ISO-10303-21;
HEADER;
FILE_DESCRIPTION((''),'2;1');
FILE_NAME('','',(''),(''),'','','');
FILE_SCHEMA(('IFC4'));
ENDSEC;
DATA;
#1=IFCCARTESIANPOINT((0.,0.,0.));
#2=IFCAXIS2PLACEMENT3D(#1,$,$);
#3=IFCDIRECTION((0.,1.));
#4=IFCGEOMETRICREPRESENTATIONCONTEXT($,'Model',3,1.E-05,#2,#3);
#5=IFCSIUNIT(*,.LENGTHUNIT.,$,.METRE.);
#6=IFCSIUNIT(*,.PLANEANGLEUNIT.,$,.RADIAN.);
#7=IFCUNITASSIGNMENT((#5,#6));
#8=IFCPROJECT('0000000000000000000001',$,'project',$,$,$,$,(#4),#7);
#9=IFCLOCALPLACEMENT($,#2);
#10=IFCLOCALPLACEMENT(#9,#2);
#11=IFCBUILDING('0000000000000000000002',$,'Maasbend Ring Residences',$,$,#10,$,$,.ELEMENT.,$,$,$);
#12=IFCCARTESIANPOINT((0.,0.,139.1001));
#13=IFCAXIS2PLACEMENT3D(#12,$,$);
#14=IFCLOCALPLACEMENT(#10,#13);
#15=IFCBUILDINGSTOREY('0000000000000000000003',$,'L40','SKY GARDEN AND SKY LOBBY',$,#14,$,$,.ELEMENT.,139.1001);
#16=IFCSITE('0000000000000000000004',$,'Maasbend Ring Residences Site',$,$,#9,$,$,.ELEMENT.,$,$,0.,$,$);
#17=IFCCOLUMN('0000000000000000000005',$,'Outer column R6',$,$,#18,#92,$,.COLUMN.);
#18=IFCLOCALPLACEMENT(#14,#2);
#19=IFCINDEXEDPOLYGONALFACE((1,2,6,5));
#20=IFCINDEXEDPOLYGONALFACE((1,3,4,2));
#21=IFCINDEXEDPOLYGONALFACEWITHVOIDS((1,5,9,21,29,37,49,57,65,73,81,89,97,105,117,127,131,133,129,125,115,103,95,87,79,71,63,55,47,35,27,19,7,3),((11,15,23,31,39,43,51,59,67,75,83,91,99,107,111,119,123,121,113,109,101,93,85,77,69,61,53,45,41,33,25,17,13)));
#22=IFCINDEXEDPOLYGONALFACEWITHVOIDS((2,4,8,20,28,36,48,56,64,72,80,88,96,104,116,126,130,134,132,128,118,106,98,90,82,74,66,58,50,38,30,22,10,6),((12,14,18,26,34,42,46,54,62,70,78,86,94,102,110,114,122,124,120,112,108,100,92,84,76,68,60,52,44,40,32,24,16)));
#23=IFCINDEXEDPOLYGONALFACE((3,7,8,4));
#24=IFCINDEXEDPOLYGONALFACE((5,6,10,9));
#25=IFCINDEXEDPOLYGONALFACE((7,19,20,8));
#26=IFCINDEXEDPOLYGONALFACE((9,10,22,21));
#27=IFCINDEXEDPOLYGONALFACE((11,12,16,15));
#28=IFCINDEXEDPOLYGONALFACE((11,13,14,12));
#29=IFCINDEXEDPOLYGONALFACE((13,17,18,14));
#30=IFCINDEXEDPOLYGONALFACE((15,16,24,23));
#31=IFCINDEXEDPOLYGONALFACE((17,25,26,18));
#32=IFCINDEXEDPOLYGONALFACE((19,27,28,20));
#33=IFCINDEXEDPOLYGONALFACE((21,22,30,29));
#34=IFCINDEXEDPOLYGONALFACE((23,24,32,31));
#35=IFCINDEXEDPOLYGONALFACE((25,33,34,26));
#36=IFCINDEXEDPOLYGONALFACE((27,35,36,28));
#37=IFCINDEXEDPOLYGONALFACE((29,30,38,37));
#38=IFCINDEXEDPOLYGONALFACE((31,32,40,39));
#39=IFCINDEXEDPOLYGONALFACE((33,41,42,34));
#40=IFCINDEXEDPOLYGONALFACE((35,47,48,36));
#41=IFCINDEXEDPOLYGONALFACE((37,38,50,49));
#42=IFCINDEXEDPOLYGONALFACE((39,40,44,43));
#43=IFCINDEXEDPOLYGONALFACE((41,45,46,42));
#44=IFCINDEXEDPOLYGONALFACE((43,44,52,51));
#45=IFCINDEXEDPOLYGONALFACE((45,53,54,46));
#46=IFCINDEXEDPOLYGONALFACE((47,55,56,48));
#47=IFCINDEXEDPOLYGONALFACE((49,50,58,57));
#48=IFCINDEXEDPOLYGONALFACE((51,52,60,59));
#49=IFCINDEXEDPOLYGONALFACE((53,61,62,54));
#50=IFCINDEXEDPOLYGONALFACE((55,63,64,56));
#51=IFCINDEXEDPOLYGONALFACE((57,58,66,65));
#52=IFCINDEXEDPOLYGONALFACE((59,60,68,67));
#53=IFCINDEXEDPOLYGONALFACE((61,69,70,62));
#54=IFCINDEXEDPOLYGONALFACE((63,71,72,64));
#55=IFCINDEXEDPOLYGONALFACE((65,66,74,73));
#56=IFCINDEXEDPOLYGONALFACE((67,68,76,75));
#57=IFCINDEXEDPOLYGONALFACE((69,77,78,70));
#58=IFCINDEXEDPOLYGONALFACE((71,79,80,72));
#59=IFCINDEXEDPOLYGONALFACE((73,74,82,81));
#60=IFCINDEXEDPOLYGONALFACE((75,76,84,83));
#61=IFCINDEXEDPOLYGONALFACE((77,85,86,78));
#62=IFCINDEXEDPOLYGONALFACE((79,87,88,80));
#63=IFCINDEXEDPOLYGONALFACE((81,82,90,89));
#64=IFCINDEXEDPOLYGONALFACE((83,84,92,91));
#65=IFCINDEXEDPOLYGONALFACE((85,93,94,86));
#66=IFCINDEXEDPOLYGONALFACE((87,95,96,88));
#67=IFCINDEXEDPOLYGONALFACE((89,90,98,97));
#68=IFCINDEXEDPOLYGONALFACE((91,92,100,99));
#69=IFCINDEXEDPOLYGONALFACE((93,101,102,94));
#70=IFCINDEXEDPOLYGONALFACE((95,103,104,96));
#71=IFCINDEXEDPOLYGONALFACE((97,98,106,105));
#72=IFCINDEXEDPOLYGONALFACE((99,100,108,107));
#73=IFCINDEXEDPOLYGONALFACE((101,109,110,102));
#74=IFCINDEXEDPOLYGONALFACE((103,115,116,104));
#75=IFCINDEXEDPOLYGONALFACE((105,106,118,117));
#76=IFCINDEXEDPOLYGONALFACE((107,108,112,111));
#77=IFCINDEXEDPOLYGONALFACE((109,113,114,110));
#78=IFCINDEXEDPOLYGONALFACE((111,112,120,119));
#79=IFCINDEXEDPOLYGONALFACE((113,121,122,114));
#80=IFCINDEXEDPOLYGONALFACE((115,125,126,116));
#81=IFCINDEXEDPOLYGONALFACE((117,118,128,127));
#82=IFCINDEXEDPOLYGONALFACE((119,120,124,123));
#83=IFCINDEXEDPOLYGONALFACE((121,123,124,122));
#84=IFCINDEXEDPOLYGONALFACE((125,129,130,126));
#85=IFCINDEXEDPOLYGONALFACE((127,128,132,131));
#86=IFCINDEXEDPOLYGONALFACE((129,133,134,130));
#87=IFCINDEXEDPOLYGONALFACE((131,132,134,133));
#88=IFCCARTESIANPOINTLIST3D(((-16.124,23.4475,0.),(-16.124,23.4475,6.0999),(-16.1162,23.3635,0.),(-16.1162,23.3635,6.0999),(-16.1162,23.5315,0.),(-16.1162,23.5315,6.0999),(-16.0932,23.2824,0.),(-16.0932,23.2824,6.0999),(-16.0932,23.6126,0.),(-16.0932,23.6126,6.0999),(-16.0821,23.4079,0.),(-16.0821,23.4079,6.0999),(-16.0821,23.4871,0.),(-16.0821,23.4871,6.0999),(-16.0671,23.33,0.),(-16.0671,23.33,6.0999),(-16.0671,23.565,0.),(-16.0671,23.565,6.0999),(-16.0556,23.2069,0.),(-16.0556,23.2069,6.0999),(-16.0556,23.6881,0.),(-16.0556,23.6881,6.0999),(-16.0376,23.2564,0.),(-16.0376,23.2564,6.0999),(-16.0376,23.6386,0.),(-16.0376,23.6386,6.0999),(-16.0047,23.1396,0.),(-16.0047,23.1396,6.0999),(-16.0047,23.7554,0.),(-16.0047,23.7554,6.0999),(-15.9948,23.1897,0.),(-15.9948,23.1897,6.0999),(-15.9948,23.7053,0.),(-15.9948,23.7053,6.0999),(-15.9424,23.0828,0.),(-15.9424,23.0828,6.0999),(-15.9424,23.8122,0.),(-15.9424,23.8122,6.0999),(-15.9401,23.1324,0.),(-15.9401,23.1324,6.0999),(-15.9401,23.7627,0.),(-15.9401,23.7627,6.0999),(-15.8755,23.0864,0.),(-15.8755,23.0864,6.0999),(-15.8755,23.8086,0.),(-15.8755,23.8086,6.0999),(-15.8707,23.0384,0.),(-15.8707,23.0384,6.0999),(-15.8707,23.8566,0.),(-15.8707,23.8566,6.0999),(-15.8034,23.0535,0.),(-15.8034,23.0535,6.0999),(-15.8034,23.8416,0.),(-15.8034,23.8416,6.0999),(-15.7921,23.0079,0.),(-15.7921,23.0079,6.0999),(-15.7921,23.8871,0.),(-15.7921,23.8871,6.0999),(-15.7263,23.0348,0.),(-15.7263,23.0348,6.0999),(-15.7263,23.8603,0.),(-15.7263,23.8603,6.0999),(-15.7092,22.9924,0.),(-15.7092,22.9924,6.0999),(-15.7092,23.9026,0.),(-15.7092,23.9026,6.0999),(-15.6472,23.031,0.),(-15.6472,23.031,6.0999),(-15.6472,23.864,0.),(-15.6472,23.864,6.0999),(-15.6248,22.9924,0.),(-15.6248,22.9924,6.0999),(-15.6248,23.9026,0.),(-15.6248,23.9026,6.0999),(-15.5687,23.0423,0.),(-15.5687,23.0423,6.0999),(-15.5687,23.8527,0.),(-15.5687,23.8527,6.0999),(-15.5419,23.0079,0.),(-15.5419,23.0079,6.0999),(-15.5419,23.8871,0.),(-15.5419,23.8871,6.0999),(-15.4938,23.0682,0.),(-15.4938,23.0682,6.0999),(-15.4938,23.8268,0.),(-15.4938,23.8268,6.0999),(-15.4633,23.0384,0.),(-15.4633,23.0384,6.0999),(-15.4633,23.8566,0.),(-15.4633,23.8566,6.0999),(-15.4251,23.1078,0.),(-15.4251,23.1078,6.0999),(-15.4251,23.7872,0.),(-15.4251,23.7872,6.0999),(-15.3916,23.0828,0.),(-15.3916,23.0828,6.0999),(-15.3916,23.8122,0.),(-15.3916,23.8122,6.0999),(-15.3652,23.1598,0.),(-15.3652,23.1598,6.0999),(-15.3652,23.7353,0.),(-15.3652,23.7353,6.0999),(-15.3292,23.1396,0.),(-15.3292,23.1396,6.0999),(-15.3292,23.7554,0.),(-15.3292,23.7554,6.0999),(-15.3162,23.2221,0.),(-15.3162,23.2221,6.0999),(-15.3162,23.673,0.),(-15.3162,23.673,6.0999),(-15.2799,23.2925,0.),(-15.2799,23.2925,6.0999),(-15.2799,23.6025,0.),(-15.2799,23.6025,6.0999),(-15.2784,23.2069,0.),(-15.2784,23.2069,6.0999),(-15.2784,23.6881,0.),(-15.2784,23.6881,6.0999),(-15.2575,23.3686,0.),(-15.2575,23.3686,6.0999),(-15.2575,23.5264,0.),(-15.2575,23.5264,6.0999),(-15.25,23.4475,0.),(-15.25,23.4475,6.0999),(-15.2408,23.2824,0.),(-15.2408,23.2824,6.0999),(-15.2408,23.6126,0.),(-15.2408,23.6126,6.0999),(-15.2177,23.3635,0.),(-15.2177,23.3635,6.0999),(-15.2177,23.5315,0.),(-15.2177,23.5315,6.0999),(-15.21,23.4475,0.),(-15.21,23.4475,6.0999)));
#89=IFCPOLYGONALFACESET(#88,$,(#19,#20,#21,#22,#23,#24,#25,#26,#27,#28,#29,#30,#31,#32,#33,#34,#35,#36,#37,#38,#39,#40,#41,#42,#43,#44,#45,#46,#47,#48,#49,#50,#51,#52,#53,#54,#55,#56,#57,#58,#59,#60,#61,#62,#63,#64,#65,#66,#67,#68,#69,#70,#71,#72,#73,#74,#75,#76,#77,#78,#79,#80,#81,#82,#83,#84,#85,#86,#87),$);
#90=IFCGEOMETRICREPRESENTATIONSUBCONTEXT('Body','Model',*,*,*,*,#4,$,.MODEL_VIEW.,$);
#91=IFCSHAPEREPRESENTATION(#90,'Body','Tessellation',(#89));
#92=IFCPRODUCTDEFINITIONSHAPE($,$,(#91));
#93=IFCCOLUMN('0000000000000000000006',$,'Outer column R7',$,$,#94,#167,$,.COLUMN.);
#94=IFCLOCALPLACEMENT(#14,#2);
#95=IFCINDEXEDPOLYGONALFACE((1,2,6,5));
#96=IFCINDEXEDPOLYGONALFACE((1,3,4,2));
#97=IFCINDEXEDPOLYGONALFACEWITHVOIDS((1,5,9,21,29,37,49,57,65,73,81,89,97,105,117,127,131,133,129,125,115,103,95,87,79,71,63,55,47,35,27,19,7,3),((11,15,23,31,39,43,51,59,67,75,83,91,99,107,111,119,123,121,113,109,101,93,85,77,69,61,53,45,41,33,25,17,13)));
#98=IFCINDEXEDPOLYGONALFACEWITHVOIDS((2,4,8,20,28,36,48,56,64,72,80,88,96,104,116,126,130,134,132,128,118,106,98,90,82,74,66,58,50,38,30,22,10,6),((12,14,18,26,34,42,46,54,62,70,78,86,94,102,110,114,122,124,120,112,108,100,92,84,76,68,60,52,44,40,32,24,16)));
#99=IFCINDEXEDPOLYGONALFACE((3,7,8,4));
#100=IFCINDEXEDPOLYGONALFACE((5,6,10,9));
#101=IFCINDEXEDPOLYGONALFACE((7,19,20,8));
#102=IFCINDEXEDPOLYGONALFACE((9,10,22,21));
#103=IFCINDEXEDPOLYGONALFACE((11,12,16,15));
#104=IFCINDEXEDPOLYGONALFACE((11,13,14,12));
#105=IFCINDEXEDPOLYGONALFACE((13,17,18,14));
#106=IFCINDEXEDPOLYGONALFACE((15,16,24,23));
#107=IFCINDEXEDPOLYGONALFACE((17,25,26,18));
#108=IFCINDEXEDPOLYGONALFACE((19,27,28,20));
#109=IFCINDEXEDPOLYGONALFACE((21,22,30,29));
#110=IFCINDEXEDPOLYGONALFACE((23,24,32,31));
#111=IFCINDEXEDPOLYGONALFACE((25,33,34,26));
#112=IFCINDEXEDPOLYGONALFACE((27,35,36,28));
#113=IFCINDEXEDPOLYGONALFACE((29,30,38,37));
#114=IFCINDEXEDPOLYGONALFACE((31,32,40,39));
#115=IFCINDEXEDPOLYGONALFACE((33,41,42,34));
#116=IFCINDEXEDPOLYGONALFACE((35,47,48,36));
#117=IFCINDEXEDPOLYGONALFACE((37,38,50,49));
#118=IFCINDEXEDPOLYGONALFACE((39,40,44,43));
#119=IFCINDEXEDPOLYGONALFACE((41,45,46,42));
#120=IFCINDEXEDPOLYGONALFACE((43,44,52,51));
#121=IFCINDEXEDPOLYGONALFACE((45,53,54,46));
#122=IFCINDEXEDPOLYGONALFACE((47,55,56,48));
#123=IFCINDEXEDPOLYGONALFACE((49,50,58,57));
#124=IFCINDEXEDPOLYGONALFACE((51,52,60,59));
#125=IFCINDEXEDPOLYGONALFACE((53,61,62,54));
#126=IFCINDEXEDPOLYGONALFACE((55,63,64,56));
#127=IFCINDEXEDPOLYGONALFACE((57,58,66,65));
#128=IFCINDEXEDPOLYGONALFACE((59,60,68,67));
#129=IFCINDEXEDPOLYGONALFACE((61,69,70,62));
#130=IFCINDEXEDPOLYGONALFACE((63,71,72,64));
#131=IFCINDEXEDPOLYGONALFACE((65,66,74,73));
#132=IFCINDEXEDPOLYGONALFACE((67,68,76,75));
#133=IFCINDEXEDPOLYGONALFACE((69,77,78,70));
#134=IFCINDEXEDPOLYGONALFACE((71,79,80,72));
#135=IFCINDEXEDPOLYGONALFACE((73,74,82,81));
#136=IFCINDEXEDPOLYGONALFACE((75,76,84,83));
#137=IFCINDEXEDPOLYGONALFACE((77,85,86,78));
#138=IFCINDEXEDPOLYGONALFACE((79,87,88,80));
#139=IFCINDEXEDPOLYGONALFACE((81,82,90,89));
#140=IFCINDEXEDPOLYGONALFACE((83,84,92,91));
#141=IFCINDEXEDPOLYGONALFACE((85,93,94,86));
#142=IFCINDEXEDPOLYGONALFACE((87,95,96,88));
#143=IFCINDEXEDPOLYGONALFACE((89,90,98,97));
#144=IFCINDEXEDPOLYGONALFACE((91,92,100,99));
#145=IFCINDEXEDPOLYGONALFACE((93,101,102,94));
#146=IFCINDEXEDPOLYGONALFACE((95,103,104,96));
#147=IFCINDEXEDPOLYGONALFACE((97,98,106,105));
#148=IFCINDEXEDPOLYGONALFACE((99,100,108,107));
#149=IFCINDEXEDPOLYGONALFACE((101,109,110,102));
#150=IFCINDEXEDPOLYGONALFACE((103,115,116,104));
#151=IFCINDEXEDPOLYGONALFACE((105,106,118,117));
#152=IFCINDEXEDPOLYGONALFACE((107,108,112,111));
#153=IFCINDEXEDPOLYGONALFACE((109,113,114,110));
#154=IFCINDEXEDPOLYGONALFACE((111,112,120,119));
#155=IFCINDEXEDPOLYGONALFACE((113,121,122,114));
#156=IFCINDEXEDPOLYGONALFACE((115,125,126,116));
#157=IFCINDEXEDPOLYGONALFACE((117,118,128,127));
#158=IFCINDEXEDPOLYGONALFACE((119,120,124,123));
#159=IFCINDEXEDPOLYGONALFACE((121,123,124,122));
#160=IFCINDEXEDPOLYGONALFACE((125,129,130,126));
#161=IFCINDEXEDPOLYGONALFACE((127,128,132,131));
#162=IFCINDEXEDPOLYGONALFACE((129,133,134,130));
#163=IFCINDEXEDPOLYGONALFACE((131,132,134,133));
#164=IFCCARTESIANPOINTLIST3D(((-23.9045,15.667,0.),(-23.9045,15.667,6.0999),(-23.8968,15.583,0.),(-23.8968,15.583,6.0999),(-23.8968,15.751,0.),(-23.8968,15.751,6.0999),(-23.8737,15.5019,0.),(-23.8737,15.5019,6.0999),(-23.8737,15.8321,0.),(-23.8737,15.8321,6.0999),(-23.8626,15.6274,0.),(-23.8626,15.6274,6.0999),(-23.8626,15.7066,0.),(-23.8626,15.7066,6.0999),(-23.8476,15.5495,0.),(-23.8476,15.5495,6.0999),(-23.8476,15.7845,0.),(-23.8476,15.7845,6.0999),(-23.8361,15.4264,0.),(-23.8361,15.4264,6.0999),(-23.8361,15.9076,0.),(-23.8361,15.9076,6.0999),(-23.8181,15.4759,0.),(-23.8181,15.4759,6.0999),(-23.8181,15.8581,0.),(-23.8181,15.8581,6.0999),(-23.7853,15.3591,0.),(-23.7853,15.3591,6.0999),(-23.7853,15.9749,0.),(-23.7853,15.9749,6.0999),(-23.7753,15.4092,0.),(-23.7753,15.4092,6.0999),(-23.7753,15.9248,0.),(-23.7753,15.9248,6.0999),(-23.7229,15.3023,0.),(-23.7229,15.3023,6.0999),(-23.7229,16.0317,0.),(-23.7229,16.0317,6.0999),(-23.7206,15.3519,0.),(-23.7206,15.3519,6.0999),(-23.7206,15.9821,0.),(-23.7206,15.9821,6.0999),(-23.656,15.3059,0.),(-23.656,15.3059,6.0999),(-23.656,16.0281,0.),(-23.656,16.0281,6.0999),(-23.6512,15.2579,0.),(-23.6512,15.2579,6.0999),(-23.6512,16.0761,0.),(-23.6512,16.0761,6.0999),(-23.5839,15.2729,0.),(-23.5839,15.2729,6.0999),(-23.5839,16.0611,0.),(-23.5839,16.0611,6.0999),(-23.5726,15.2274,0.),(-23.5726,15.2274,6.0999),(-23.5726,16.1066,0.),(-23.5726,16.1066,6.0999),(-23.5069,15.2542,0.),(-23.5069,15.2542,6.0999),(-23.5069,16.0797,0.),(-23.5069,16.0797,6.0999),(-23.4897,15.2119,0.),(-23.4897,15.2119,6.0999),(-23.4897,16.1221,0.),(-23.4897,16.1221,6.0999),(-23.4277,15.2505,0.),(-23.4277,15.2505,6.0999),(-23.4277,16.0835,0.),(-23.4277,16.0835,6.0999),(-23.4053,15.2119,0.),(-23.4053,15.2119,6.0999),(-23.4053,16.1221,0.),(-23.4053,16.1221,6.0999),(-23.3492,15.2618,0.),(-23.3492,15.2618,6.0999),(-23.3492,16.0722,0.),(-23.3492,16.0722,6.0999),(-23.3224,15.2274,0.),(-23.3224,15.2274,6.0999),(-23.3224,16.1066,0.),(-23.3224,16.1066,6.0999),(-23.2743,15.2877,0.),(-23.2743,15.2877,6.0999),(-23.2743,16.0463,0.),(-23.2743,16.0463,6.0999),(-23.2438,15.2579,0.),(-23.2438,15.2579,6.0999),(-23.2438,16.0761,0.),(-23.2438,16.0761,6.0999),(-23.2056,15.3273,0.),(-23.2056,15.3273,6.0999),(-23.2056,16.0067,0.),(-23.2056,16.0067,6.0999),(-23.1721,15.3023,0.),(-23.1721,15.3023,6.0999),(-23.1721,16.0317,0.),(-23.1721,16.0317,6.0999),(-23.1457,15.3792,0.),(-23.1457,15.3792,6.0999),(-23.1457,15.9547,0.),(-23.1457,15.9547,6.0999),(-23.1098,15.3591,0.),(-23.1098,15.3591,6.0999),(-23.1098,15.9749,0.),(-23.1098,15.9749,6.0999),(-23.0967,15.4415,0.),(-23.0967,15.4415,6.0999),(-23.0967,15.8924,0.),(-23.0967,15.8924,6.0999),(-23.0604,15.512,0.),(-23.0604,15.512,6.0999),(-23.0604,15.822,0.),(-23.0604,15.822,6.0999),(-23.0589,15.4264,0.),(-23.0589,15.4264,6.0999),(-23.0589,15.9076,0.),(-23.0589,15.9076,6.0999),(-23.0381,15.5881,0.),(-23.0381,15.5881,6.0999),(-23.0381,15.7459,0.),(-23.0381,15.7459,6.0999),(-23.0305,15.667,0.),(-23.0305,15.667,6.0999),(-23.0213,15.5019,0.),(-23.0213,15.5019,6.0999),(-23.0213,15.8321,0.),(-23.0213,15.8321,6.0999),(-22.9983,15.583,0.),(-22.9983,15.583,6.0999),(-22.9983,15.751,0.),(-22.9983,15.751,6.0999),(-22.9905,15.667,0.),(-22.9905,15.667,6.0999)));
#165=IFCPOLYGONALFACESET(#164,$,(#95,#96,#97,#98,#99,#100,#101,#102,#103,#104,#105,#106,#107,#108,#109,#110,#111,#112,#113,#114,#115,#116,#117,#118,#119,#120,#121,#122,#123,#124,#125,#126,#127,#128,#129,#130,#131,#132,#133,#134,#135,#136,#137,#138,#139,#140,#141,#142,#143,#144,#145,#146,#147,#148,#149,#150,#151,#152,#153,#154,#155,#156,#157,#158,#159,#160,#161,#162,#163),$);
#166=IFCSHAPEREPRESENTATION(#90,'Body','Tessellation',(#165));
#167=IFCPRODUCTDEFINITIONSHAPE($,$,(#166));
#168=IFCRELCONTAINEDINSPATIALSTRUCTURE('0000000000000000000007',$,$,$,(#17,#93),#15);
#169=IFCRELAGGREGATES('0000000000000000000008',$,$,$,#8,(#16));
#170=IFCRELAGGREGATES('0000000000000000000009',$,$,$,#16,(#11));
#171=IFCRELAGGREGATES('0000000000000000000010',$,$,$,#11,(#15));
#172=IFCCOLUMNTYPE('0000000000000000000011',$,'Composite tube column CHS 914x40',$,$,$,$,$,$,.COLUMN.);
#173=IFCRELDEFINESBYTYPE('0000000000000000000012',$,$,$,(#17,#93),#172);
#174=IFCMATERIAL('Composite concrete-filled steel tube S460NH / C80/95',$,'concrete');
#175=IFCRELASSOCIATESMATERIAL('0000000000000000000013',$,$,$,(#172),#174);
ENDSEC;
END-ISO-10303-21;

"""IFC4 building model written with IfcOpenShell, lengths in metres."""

from ifc_helpers import new_model, si_unit, direction, frame, origin, origin_2d, place, context, subcontext, project, spatial, hollow_circle, extrude, material, material_profile, profile_set, type_object, element, save


model = new_model("IFC4")

# Units and contexts
model_context = context("Model", 3, precision=1e-05, world=origin(), true_north=direction((0.0, 1.0)))
body_context = subcontext(model_context, "Body", "Model", "MODEL_VIEW")
ifc_project = project(units=[si_unit("LENGTHUNIT", "METRE"), si_unit("PLANEANGLEUNIT", "RADIAN")], contexts=[model_context])

# Site, building, storey
site_placement = place(None, origin())
site = spatial("IfcSite", under=ifc_project, at=site_placement, Name="Maasbend Ring Residences Site", CompositionType="ELEMENT", RefElevation=0.0)
building_placement = place(site_placement, origin())
building = spatial("IfcBuilding", under=site, at=building_placement, Name="Maasbend Ring Residences", CompositionType="ELEMENT")
storey_placement = place(building_placement, frame((0.0, 0.0, 139.1001)))
storey = spatial("IfcBuildingStorey", under=building, at=storey_placement, Name="L40", Description="SKY GARDEN AND SKY LOBBY", CompositionType="ELEMENT", Elevation=139.1001)

# Columns
ifc_material_1 = material(Name="Composite concrete-filled steel tube S460NH / C80/95", Category="concrete")
ifc_material_profile_1 = material_profile(ifc_material_1, hollow_circle(Radius=0.457, WallThickness=0.04, at=origin_2d()), Name="Composite tube column CHS 914x40")
ifc_profile_set_1 = profile_set([ifc_material_profile_1], Name="Composite concrete-filled steel tube S460NH / C80/95")
column_type_1 = type_object("IfcColumnType", Name="Composite tube column CHS 914x40", PredefinedType="COLUMN", material=ifc_profile_set_1)
for number, where, z_axis, x_axis, name in (
    (1, (-15.667, 23.4475, 0.0), (0.0, 0.0, 1.0), (1.0, 0.0, 0.0), "Outer column R6"),
    (2, (-23.4475, 15.667, 0.0), (0.0, 0.0, 1.0), (1.0, 0.0, 0.0), "Outer column R7"),
):
    element("IfcColumn", number, at=place(storey_placement, frame(where, z_axis=z_axis, x_axis=x_axis)), inside=storey, type_object=column_type_1, Name=name, PredefinedType="COLUMN", context=body_context, shape_type="SweptSolid", body=[
        extrude(hollow_circle(Radius=0.457, WallThickness=0.04, at=origin_2d()), origin(), (0.0, 0.0, 1.0), 6.0999),
    ])

save(model, "model.ifc")
